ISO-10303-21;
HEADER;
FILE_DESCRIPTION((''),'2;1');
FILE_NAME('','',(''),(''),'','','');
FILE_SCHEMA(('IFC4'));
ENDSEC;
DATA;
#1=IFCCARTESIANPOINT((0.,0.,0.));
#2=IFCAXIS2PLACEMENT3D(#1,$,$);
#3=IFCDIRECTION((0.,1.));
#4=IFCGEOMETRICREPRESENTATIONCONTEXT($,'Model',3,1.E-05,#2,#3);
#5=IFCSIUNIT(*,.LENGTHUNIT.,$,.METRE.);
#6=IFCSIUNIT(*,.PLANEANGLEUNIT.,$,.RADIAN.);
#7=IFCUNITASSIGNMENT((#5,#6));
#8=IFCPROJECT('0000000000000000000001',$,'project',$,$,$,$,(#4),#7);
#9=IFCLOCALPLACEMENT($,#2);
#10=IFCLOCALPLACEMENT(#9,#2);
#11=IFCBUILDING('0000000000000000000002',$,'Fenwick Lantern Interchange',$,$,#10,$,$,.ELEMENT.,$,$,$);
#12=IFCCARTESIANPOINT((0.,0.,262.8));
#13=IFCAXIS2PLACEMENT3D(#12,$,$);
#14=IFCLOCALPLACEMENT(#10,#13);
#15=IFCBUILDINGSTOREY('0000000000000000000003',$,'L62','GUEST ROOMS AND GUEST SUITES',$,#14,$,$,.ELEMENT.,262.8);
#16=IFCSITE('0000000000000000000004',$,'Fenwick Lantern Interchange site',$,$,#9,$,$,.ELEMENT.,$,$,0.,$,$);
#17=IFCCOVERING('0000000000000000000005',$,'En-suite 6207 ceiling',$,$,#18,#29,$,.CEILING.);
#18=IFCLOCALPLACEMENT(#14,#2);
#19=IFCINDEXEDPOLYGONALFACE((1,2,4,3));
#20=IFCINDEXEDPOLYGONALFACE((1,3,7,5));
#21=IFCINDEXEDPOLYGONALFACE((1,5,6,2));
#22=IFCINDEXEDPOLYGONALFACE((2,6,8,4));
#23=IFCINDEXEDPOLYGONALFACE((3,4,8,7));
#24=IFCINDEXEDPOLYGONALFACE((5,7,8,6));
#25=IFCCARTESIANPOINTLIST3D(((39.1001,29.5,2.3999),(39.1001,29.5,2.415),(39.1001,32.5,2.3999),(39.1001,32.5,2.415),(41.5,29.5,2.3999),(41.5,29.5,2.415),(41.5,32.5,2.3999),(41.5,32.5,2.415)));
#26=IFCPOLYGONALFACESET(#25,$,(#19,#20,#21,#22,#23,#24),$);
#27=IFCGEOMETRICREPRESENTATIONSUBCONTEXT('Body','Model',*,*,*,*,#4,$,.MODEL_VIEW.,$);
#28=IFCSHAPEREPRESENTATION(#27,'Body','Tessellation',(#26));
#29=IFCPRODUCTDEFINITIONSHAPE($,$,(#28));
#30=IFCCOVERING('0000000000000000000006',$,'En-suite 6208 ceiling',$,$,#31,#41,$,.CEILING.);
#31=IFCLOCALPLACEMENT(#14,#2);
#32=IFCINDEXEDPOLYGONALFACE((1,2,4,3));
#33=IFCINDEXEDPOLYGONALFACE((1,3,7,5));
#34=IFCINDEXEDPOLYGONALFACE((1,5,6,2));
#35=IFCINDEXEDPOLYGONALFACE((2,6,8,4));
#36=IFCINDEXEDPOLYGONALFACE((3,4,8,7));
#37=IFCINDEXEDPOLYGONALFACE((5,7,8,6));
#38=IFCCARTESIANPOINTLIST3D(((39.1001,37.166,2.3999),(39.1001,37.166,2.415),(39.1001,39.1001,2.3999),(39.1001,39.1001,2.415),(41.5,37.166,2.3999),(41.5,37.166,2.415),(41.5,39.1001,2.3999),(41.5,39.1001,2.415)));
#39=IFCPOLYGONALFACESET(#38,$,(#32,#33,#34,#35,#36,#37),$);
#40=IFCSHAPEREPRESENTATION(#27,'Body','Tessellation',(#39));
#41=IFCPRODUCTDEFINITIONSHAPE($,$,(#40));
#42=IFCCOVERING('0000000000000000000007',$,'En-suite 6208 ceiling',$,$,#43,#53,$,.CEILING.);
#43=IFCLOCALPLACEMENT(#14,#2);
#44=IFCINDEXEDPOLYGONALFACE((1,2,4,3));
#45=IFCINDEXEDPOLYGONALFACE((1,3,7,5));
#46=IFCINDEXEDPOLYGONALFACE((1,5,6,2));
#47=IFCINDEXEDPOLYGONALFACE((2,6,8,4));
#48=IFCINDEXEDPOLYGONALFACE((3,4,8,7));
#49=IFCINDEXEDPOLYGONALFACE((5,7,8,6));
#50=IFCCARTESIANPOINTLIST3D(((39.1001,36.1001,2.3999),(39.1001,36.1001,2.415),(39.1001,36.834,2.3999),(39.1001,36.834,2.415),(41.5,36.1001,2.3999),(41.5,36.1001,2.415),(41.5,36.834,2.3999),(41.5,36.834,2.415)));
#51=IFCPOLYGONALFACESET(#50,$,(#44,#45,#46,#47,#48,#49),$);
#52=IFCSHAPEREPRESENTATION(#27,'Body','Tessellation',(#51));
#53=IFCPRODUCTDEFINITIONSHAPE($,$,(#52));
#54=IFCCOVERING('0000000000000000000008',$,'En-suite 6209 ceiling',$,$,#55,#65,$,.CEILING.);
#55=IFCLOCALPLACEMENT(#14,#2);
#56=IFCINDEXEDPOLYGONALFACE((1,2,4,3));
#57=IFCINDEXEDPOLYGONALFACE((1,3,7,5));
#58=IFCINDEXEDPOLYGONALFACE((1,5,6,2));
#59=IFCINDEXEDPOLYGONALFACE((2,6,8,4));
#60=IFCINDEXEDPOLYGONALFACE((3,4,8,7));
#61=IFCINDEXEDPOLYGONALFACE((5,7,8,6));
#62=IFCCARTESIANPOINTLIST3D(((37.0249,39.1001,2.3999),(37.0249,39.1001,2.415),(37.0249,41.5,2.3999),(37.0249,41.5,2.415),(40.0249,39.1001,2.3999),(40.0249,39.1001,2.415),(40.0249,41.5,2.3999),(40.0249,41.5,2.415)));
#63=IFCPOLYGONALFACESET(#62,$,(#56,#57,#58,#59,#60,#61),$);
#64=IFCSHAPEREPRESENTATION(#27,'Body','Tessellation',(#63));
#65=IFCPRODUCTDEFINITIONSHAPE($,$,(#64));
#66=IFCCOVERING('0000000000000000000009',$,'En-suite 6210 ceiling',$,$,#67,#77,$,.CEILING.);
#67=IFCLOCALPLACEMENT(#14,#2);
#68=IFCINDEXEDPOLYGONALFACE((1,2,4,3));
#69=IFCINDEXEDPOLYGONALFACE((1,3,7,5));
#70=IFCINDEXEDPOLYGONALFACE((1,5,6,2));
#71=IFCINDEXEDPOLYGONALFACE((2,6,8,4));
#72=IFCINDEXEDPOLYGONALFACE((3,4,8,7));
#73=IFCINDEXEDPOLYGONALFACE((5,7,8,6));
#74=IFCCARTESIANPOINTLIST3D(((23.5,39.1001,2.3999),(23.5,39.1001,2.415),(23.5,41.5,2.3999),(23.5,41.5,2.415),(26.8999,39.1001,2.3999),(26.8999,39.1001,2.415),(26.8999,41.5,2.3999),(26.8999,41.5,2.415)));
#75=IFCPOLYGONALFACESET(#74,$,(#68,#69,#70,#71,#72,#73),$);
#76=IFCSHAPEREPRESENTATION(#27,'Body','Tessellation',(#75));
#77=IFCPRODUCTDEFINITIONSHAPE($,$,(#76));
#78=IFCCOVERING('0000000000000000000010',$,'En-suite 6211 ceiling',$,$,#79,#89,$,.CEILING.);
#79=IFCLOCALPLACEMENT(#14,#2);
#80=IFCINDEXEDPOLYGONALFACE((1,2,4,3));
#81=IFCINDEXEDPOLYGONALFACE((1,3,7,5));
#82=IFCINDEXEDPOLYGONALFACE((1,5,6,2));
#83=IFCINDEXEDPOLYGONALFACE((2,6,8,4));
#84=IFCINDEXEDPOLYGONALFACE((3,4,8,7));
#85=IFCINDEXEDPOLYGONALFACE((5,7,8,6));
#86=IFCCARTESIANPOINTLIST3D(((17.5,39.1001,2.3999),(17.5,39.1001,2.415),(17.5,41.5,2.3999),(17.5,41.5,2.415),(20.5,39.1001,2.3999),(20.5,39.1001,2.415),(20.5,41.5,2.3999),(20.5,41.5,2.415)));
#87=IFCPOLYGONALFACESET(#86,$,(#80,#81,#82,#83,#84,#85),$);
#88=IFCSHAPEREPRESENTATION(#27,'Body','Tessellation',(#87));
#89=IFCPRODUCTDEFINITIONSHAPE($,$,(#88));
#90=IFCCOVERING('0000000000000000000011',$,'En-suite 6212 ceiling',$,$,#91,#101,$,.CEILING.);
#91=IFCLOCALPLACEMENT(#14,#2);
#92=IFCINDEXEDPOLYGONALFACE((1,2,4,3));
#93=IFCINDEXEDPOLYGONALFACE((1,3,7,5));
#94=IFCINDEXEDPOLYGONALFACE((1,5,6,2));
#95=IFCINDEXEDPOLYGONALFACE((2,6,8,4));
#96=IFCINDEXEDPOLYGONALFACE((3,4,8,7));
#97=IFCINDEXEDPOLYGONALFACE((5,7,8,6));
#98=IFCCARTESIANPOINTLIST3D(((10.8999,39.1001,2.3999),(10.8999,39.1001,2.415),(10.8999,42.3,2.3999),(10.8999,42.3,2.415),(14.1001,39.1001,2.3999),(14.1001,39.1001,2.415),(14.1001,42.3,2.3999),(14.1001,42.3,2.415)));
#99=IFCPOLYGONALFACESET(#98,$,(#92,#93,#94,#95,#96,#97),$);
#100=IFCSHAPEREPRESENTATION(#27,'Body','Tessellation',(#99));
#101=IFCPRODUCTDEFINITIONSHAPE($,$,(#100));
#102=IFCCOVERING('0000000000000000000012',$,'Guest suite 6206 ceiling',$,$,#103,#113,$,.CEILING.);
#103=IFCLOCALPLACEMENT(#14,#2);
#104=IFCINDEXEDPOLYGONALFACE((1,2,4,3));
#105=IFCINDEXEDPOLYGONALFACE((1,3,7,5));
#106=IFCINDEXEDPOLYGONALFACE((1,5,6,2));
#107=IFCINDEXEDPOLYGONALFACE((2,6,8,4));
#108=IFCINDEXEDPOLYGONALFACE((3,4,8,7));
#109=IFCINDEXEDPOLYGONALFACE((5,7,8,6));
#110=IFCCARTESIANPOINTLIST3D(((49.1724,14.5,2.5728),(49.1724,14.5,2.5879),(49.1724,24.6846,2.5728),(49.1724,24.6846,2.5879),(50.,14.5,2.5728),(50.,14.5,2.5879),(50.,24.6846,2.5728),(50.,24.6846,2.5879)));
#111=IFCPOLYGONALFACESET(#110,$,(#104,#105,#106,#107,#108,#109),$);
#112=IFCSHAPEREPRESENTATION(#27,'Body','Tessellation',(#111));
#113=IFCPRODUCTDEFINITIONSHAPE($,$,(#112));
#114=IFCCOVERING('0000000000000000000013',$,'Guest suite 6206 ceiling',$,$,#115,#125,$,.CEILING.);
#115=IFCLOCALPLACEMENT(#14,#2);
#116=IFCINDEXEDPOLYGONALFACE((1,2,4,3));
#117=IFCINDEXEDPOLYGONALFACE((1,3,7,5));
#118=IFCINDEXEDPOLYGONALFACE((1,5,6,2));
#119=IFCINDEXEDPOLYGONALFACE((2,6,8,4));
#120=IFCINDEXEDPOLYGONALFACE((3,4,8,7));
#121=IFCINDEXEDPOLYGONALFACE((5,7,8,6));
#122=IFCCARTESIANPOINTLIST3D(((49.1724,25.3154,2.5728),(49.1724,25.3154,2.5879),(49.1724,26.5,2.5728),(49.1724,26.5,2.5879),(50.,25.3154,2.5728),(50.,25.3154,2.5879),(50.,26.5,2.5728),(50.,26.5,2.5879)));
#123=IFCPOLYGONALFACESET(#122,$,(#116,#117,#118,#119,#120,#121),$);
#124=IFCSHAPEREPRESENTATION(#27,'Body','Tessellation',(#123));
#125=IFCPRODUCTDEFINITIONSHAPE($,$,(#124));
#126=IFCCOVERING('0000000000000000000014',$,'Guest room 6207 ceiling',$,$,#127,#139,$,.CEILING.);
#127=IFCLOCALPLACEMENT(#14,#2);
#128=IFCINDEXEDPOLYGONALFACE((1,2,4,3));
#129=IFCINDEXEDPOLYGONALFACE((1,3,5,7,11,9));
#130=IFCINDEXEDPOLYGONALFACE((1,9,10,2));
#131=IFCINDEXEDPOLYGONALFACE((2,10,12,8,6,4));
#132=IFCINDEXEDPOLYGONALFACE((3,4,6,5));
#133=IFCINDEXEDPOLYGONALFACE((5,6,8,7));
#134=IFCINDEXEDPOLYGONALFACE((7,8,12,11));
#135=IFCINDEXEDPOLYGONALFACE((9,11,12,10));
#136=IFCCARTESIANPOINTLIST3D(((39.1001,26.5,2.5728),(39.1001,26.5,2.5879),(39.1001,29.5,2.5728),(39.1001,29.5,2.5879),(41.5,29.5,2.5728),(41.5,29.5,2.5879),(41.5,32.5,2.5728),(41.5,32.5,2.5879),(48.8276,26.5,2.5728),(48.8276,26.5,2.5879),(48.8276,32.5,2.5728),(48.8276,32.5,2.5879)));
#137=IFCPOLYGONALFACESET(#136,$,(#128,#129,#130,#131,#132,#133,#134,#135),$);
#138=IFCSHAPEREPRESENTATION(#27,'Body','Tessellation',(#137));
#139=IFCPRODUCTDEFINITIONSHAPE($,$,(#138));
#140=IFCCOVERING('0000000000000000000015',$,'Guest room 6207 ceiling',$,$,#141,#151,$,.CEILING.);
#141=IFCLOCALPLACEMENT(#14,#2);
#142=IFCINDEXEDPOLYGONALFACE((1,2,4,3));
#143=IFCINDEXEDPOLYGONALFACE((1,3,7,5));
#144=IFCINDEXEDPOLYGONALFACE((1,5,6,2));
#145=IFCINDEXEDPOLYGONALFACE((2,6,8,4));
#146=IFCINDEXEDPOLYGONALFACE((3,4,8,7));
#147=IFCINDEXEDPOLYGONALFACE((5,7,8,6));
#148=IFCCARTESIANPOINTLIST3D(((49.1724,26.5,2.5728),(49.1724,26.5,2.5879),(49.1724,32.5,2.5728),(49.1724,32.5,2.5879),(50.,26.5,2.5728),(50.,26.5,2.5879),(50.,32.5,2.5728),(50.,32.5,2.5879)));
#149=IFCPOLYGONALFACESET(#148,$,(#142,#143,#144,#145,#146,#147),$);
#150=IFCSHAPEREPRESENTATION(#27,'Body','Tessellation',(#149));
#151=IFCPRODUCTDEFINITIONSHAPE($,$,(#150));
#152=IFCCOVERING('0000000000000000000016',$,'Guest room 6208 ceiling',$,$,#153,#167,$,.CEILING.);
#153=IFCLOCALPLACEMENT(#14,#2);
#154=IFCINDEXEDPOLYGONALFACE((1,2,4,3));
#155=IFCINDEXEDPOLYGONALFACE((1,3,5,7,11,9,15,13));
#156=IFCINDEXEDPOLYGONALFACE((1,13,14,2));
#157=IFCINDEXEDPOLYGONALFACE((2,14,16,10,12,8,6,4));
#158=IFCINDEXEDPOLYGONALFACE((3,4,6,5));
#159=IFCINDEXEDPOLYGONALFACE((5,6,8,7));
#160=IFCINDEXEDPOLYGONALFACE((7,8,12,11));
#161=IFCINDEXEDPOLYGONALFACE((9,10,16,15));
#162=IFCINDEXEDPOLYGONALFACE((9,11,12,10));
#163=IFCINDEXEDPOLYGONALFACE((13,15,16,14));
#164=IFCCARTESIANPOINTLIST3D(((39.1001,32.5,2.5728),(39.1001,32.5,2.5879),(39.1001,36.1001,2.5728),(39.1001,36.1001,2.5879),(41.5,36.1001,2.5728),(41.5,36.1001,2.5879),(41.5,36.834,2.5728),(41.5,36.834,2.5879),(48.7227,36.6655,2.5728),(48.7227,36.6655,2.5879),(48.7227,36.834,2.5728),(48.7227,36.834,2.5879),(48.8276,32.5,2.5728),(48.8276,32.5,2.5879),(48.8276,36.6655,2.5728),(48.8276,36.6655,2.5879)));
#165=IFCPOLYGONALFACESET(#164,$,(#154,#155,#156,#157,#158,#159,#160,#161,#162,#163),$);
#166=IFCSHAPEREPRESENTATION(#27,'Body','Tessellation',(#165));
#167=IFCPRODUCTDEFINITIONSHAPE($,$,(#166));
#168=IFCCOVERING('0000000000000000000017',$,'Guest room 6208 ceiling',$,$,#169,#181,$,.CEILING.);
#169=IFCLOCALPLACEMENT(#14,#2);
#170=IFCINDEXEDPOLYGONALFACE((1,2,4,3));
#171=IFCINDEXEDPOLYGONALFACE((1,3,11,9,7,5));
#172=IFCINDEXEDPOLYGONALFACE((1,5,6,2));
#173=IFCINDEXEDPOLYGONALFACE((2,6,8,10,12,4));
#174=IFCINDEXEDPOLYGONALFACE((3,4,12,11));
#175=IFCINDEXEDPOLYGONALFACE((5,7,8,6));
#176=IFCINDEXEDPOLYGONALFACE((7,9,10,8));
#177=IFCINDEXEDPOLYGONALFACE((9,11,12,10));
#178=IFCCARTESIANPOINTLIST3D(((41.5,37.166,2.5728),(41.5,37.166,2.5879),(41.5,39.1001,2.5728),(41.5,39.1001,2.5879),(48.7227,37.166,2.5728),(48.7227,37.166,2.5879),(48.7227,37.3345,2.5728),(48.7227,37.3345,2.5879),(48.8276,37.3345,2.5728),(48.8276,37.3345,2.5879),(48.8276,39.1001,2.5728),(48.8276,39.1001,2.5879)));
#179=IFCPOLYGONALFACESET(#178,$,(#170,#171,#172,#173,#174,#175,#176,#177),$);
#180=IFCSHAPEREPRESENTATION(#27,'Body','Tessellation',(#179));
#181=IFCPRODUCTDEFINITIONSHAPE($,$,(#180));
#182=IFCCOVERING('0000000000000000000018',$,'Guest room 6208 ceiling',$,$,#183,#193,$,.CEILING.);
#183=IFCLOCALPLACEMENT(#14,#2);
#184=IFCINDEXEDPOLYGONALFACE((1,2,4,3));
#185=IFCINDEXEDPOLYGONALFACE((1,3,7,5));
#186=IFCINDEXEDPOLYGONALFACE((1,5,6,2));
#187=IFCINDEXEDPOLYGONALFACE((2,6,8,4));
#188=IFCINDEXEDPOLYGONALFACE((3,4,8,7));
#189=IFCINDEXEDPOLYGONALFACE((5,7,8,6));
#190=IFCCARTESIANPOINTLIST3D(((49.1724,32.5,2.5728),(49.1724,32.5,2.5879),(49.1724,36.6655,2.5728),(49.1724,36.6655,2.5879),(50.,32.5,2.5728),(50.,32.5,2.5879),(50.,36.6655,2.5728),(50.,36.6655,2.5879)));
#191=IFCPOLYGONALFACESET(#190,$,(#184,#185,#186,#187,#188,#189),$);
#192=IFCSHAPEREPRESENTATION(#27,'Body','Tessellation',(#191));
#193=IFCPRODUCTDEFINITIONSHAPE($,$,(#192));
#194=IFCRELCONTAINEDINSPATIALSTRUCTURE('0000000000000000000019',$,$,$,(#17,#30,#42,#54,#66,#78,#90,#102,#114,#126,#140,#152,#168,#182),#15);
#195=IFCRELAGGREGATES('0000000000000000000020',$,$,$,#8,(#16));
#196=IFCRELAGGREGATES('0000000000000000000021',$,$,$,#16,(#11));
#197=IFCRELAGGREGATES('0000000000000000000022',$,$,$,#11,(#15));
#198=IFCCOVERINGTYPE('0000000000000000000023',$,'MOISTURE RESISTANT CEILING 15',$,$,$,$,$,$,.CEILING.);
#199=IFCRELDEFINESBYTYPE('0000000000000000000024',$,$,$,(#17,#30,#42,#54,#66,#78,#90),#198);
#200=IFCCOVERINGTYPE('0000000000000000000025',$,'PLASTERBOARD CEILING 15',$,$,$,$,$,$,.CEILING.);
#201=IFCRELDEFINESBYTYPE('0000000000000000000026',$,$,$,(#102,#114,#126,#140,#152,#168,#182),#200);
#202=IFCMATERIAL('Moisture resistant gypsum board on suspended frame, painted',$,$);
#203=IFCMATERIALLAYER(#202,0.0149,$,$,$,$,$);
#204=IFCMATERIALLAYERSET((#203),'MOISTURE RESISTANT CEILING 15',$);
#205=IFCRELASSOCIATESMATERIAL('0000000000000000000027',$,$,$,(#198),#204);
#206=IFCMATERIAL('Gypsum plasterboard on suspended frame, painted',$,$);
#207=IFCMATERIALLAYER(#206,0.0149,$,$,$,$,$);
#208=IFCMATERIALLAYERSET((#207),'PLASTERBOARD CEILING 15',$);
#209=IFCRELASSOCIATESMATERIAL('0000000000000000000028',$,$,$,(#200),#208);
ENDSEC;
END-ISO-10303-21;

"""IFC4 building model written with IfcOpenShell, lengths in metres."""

from ifc_helpers import new_model, si_unit, direction, frame, origin, place, context, subcontext, project, spatial, polyline, outline, extrude, material, layer, layer_set, type_object, element, save


model = new_model("IFC4")

# Units and contexts
model_context = context("Model", 3, precision=1e-05, world=origin(), true_north=direction((0.0, 1.0)))
body_context = subcontext(model_context, "Body", "Model", "MODEL_VIEW")
ifc_project = project(units=[si_unit("LENGTHUNIT", "METRE"), si_unit("PLANEANGLEUNIT", "RADIAN")], contexts=[model_context])

# Site, building, storey
site_placement = place(None, origin())
site = spatial("IfcSite", under=ifc_project, at=site_placement, Name="Fenwick Lantern Interchange site", CompositionType="ELEMENT", RefElevation=0.0)
building_placement = place(site_placement, origin())
building = spatial("IfcBuilding", under=site, at=building_placement, Name="Fenwick Lantern Interchange", CompositionType="ELEMENT")
storey_placement = place(building_placement, frame((0.0, 0.0, 262.8)))
storey = spatial("IfcBuildingStorey", under=building, at=storey_placement, Name="L62", Description="GUEST ROOMS AND GUEST SUITES", CompositionType="ELEMENT", Elevation=262.8)

# Coverings
ifc_material_1 = material(Name="Moisture resistant gypsum board on suspended frame, painted")
ifc_layer_1 = layer(ifc_material_1, 0.0149)
ifc_layer_set_1 = layer_set([ifc_layer_1], Name="MOISTURE RESISTANT CEILING 15")
covering_type_1 = type_object("IfcCoveringType", Name="MOISTURE RESISTANT CEILING 15", PredefinedType="CEILING", material=ifc_layer_set_1)
covering_1_placement = place(storey_placement, frame((0.0, 0.0, 2.3999)))
element("IfcCovering", 1, at=covering_1_placement, inside=storey, type_object=covering_type_1, Name="En-suite 6207 ceiling", PredefinedType="CEILING", context=body_context, shape_type="SweptSolid", body=[
    extrude(outline(polyline([(41.5, 29.5), (41.5, 32.5), (39.1001, 32.5), (39.1001, 29.5), (41.5, 29.5)])), origin(), (0.0, 0.0, 1.0), 0.0151),
])
covering_2_placement = place(storey_placement, frame((0.0, 0.0, 2.3999)))
element("IfcCovering", 2, at=covering_2_placement, inside=storey, type_object=covering_type_1, Name="En-suite 6208 ceiling", PredefinedType="CEILING", context=body_context, shape_type="SweptSolid", body=[
    extrude(outline(polyline([(39.1001, 39.1001), (39.1001, 37.166), (41.5, 37.166), (41.5, 39.1001), (39.1001, 39.1001)])), origin(), (0.0, 0.0, 1.0), 0.0151),
])
covering_3_placement = place(storey_placement, frame((0.0, 0.0, 2.3999)))
element("IfcCovering", 3, at=covering_3_placement, inside=storey, type_object=covering_type_1, Name="En-suite 6208 ceiling", PredefinedType="CEILING", context=body_context, shape_type="SweptSolid", body=[
    extrude(outline(polyline([(41.5, 36.1001), (41.5, 36.834), (39.1001, 36.834), (39.1001, 36.1001), (41.5, 36.1001)])), origin(), (0.0, 0.0, 1.0), 0.0151),
])
covering_4_placement = place(storey_placement, frame((0.0, 0.0, 2.3999)))
element("IfcCovering", 4, at=covering_4_placement, inside=storey, type_object=covering_type_1, Name="En-suite 6209 ceiling", PredefinedType="CEILING", context=body_context, shape_type="SweptSolid", body=[
    extrude(outline(polyline([(40.0249, 41.5), (37.0249, 41.5), (37.0249, 39.1001), (40.0249, 39.1001), (40.0249, 41.5)])), origin(), (0.0, 0.0, 1.0), 0.0151),
])
covering_5_placement = place(storey_placement, frame((0.0, 0.0, 2.3999)))
element("IfcCovering", 5, at=covering_5_placement, inside=storey, type_object=covering_type_1, Name="En-suite 6210 ceiling", PredefinedType="CEILING", context=body_context, shape_type="SweptSolid", body=[
    extrude(outline(polyline([(26.8999, 41.5), (23.5, 41.5), (23.5, 39.1001), (26.8999, 39.1001), (26.8999, 41.5)])), origin(), (0.0, 0.0, 1.0), 0.0151),
])
covering_6_placement = place(storey_placement, frame((0.0, 0.0, 2.3999)))
element("IfcCovering", 6, at=covering_6_placement, inside=storey, type_object=covering_type_1, Name="En-suite 6211 ceiling", PredefinedType="CEILING", context=body_context, shape_type="SweptSolid", body=[
    extrude(outline(polyline([(20.5, 41.5), (17.5, 41.5), (17.5, 39.1001), (20.5, 39.1001), (20.5, 41.5)])), origin(), (0.0, 0.0, 1.0), 0.0151),
])
covering_7_placement = place(storey_placement, frame((0.0, 0.0, 2.3999)))
element("IfcCovering", 7, at=covering_7_placement, inside=storey, type_object=covering_type_1, Name="En-suite 6212 ceiling", PredefinedType="CEILING", context=body_context, shape_type="SweptSolid", body=[
    extrude(outline(polyline([(14.1001, 42.3), (10.8999, 42.3), (10.8999, 39.1001), (14.1001, 39.1001), (14.1001, 42.3)])), origin(), (0.0, 0.0, 1.0), 0.0151),
])
ifc_material_2 = material(Name="Gypsum plasterboard on suspended frame, painted")
ifc_layer_2 = layer(ifc_material_2, 0.0149)
ifc_layer_set_2 = layer_set([ifc_layer_2], Name="PLASTERBOARD CEILING 15")
covering_type_2 = type_object("IfcCoveringType", Name="PLASTERBOARD CEILING 15", PredefinedType="CEILING", material=ifc_layer_set_2)
covering_8_placement = place(storey_placement, frame((0.0, 0.0, 2.5728)))
element("IfcCovering", 8, at=covering_8_placement, inside=storey, type_object=covering_type_2, Name="Guest suite 6206 ceiling", PredefinedType="CEILING", context=body_context, shape_type="SweptSolid", body=[
    extrude(outline(polyline([(50.0, 24.6846), (49.1724, 24.6846), (49.1724, 14.5), (50.0, 14.5), (50.0, 24.6846)])), origin(), (0.0, 0.0, 1.0), 0.0151),
])
covering_9_placement = place(storey_placement, frame((0.0, 0.0, 2.5728)))
element("IfcCovering", 9, at=covering_9_placement, inside=storey, type_object=covering_type_2, Name="Guest suite 6206 ceiling", PredefinedType="CEILING", context=body_context, shape_type="SweptSolid", body=[
    extrude(outline(polyline([(49.1724, 25.3154), (50.0, 25.3154), (50.0, 26.5), (49.1724, 26.5), (49.1724, 25.3154)])), origin(), (0.0, 0.0, 1.0), 0.0151),
])
covering_10_placement = place(storey_placement, frame((0.0, 0.0, 2.5728)))
element("IfcCovering", 10, at=covering_10_placement, inside=storey, type_object=covering_type_2, Name="Guest room 6207 ceiling", PredefinedType="CEILING", context=body_context, shape_type="SweptSolid", body=[
    extrude(outline(polyline([(39.1001, 26.5), (48.8276, 26.5), (48.8276, 32.5), (41.5, 32.5), (41.5, 29.5), (39.1001, 29.5), (39.1001, 26.5)])), origin(), (0.0, 0.0, 1.0), 0.0151),
])
covering_11_placement = place(storey_placement, frame((0.0, 0.0, 2.5728)))
element("IfcCovering", 11, at=covering_11_placement, inside=storey, type_object=covering_type_2, Name="Guest room 6207 ceiling", PredefinedType="CEILING", context=body_context, shape_type="SweptSolid", body=[
    extrude(outline(polyline([(50.0, 26.5), (50.0, 32.5), (49.1724, 32.5), (49.1724, 26.5), (50.0, 26.5)])), origin(), (0.0, 0.0, 1.0), 0.0151),
])
covering_12_placement = place(storey_placement, frame((0.0, 0.0, 2.5728)))
element("IfcCovering", 12, at=covering_12_placement, inside=storey, type_object=covering_type_2, Name="Guest room 6208 ceiling", PredefinedType="CEILING", context=body_context, shape_type="SweptSolid", body=[
    extrude(outline(polyline([(48.7227, 36.6655), (48.7227, 36.834), (41.5, 36.834), (41.5, 36.1001), (39.1001, 36.1001), (39.1001, 32.5), (48.8276, 32.5), (48.8276, 36.6655), (48.7227, 36.6655)])), origin(), (0.0, 0.0, 1.0), 0.0151),
])
covering_13_placement = place(storey_placement, frame((0.0, 0.0, 2.5728)))
element("IfcCovering", 13, at=covering_13_placement, inside=storey, type_object=covering_type_2, Name="Guest room 6208 ceiling", PredefinedType="CEILING", context=body_context, shape_type="SweptSolid", body=[
    extrude(outline(polyline([(48.7227, 37.3345), (48.8276, 37.3345), (48.8276, 39.1001), (41.5, 39.1001), (41.5, 37.166), (48.7227, 37.166), (48.7227, 37.3345)])), origin(), (0.0, 0.0, 1.0), 0.0151),
])
covering_14_placement = place(storey_placement, frame((0.0, 0.0, 2.5728)))
element("IfcCovering", 14, at=covering_14_placement, inside=storey, type_object=covering_type_2, Name="Guest room 6208 ceiling", PredefinedType="CEILING", context=body_context, shape_type="SweptSolid", body=[
    extrude(outline(polyline([(50.0, 36.6655), (49.1724, 36.6655), (49.1724, 32.5), (50.0, 32.5), (50.0, 36.6655)])), origin(), (0.0, 0.0, 1.0), 0.0151),
])

save(model, "model.ifc")
